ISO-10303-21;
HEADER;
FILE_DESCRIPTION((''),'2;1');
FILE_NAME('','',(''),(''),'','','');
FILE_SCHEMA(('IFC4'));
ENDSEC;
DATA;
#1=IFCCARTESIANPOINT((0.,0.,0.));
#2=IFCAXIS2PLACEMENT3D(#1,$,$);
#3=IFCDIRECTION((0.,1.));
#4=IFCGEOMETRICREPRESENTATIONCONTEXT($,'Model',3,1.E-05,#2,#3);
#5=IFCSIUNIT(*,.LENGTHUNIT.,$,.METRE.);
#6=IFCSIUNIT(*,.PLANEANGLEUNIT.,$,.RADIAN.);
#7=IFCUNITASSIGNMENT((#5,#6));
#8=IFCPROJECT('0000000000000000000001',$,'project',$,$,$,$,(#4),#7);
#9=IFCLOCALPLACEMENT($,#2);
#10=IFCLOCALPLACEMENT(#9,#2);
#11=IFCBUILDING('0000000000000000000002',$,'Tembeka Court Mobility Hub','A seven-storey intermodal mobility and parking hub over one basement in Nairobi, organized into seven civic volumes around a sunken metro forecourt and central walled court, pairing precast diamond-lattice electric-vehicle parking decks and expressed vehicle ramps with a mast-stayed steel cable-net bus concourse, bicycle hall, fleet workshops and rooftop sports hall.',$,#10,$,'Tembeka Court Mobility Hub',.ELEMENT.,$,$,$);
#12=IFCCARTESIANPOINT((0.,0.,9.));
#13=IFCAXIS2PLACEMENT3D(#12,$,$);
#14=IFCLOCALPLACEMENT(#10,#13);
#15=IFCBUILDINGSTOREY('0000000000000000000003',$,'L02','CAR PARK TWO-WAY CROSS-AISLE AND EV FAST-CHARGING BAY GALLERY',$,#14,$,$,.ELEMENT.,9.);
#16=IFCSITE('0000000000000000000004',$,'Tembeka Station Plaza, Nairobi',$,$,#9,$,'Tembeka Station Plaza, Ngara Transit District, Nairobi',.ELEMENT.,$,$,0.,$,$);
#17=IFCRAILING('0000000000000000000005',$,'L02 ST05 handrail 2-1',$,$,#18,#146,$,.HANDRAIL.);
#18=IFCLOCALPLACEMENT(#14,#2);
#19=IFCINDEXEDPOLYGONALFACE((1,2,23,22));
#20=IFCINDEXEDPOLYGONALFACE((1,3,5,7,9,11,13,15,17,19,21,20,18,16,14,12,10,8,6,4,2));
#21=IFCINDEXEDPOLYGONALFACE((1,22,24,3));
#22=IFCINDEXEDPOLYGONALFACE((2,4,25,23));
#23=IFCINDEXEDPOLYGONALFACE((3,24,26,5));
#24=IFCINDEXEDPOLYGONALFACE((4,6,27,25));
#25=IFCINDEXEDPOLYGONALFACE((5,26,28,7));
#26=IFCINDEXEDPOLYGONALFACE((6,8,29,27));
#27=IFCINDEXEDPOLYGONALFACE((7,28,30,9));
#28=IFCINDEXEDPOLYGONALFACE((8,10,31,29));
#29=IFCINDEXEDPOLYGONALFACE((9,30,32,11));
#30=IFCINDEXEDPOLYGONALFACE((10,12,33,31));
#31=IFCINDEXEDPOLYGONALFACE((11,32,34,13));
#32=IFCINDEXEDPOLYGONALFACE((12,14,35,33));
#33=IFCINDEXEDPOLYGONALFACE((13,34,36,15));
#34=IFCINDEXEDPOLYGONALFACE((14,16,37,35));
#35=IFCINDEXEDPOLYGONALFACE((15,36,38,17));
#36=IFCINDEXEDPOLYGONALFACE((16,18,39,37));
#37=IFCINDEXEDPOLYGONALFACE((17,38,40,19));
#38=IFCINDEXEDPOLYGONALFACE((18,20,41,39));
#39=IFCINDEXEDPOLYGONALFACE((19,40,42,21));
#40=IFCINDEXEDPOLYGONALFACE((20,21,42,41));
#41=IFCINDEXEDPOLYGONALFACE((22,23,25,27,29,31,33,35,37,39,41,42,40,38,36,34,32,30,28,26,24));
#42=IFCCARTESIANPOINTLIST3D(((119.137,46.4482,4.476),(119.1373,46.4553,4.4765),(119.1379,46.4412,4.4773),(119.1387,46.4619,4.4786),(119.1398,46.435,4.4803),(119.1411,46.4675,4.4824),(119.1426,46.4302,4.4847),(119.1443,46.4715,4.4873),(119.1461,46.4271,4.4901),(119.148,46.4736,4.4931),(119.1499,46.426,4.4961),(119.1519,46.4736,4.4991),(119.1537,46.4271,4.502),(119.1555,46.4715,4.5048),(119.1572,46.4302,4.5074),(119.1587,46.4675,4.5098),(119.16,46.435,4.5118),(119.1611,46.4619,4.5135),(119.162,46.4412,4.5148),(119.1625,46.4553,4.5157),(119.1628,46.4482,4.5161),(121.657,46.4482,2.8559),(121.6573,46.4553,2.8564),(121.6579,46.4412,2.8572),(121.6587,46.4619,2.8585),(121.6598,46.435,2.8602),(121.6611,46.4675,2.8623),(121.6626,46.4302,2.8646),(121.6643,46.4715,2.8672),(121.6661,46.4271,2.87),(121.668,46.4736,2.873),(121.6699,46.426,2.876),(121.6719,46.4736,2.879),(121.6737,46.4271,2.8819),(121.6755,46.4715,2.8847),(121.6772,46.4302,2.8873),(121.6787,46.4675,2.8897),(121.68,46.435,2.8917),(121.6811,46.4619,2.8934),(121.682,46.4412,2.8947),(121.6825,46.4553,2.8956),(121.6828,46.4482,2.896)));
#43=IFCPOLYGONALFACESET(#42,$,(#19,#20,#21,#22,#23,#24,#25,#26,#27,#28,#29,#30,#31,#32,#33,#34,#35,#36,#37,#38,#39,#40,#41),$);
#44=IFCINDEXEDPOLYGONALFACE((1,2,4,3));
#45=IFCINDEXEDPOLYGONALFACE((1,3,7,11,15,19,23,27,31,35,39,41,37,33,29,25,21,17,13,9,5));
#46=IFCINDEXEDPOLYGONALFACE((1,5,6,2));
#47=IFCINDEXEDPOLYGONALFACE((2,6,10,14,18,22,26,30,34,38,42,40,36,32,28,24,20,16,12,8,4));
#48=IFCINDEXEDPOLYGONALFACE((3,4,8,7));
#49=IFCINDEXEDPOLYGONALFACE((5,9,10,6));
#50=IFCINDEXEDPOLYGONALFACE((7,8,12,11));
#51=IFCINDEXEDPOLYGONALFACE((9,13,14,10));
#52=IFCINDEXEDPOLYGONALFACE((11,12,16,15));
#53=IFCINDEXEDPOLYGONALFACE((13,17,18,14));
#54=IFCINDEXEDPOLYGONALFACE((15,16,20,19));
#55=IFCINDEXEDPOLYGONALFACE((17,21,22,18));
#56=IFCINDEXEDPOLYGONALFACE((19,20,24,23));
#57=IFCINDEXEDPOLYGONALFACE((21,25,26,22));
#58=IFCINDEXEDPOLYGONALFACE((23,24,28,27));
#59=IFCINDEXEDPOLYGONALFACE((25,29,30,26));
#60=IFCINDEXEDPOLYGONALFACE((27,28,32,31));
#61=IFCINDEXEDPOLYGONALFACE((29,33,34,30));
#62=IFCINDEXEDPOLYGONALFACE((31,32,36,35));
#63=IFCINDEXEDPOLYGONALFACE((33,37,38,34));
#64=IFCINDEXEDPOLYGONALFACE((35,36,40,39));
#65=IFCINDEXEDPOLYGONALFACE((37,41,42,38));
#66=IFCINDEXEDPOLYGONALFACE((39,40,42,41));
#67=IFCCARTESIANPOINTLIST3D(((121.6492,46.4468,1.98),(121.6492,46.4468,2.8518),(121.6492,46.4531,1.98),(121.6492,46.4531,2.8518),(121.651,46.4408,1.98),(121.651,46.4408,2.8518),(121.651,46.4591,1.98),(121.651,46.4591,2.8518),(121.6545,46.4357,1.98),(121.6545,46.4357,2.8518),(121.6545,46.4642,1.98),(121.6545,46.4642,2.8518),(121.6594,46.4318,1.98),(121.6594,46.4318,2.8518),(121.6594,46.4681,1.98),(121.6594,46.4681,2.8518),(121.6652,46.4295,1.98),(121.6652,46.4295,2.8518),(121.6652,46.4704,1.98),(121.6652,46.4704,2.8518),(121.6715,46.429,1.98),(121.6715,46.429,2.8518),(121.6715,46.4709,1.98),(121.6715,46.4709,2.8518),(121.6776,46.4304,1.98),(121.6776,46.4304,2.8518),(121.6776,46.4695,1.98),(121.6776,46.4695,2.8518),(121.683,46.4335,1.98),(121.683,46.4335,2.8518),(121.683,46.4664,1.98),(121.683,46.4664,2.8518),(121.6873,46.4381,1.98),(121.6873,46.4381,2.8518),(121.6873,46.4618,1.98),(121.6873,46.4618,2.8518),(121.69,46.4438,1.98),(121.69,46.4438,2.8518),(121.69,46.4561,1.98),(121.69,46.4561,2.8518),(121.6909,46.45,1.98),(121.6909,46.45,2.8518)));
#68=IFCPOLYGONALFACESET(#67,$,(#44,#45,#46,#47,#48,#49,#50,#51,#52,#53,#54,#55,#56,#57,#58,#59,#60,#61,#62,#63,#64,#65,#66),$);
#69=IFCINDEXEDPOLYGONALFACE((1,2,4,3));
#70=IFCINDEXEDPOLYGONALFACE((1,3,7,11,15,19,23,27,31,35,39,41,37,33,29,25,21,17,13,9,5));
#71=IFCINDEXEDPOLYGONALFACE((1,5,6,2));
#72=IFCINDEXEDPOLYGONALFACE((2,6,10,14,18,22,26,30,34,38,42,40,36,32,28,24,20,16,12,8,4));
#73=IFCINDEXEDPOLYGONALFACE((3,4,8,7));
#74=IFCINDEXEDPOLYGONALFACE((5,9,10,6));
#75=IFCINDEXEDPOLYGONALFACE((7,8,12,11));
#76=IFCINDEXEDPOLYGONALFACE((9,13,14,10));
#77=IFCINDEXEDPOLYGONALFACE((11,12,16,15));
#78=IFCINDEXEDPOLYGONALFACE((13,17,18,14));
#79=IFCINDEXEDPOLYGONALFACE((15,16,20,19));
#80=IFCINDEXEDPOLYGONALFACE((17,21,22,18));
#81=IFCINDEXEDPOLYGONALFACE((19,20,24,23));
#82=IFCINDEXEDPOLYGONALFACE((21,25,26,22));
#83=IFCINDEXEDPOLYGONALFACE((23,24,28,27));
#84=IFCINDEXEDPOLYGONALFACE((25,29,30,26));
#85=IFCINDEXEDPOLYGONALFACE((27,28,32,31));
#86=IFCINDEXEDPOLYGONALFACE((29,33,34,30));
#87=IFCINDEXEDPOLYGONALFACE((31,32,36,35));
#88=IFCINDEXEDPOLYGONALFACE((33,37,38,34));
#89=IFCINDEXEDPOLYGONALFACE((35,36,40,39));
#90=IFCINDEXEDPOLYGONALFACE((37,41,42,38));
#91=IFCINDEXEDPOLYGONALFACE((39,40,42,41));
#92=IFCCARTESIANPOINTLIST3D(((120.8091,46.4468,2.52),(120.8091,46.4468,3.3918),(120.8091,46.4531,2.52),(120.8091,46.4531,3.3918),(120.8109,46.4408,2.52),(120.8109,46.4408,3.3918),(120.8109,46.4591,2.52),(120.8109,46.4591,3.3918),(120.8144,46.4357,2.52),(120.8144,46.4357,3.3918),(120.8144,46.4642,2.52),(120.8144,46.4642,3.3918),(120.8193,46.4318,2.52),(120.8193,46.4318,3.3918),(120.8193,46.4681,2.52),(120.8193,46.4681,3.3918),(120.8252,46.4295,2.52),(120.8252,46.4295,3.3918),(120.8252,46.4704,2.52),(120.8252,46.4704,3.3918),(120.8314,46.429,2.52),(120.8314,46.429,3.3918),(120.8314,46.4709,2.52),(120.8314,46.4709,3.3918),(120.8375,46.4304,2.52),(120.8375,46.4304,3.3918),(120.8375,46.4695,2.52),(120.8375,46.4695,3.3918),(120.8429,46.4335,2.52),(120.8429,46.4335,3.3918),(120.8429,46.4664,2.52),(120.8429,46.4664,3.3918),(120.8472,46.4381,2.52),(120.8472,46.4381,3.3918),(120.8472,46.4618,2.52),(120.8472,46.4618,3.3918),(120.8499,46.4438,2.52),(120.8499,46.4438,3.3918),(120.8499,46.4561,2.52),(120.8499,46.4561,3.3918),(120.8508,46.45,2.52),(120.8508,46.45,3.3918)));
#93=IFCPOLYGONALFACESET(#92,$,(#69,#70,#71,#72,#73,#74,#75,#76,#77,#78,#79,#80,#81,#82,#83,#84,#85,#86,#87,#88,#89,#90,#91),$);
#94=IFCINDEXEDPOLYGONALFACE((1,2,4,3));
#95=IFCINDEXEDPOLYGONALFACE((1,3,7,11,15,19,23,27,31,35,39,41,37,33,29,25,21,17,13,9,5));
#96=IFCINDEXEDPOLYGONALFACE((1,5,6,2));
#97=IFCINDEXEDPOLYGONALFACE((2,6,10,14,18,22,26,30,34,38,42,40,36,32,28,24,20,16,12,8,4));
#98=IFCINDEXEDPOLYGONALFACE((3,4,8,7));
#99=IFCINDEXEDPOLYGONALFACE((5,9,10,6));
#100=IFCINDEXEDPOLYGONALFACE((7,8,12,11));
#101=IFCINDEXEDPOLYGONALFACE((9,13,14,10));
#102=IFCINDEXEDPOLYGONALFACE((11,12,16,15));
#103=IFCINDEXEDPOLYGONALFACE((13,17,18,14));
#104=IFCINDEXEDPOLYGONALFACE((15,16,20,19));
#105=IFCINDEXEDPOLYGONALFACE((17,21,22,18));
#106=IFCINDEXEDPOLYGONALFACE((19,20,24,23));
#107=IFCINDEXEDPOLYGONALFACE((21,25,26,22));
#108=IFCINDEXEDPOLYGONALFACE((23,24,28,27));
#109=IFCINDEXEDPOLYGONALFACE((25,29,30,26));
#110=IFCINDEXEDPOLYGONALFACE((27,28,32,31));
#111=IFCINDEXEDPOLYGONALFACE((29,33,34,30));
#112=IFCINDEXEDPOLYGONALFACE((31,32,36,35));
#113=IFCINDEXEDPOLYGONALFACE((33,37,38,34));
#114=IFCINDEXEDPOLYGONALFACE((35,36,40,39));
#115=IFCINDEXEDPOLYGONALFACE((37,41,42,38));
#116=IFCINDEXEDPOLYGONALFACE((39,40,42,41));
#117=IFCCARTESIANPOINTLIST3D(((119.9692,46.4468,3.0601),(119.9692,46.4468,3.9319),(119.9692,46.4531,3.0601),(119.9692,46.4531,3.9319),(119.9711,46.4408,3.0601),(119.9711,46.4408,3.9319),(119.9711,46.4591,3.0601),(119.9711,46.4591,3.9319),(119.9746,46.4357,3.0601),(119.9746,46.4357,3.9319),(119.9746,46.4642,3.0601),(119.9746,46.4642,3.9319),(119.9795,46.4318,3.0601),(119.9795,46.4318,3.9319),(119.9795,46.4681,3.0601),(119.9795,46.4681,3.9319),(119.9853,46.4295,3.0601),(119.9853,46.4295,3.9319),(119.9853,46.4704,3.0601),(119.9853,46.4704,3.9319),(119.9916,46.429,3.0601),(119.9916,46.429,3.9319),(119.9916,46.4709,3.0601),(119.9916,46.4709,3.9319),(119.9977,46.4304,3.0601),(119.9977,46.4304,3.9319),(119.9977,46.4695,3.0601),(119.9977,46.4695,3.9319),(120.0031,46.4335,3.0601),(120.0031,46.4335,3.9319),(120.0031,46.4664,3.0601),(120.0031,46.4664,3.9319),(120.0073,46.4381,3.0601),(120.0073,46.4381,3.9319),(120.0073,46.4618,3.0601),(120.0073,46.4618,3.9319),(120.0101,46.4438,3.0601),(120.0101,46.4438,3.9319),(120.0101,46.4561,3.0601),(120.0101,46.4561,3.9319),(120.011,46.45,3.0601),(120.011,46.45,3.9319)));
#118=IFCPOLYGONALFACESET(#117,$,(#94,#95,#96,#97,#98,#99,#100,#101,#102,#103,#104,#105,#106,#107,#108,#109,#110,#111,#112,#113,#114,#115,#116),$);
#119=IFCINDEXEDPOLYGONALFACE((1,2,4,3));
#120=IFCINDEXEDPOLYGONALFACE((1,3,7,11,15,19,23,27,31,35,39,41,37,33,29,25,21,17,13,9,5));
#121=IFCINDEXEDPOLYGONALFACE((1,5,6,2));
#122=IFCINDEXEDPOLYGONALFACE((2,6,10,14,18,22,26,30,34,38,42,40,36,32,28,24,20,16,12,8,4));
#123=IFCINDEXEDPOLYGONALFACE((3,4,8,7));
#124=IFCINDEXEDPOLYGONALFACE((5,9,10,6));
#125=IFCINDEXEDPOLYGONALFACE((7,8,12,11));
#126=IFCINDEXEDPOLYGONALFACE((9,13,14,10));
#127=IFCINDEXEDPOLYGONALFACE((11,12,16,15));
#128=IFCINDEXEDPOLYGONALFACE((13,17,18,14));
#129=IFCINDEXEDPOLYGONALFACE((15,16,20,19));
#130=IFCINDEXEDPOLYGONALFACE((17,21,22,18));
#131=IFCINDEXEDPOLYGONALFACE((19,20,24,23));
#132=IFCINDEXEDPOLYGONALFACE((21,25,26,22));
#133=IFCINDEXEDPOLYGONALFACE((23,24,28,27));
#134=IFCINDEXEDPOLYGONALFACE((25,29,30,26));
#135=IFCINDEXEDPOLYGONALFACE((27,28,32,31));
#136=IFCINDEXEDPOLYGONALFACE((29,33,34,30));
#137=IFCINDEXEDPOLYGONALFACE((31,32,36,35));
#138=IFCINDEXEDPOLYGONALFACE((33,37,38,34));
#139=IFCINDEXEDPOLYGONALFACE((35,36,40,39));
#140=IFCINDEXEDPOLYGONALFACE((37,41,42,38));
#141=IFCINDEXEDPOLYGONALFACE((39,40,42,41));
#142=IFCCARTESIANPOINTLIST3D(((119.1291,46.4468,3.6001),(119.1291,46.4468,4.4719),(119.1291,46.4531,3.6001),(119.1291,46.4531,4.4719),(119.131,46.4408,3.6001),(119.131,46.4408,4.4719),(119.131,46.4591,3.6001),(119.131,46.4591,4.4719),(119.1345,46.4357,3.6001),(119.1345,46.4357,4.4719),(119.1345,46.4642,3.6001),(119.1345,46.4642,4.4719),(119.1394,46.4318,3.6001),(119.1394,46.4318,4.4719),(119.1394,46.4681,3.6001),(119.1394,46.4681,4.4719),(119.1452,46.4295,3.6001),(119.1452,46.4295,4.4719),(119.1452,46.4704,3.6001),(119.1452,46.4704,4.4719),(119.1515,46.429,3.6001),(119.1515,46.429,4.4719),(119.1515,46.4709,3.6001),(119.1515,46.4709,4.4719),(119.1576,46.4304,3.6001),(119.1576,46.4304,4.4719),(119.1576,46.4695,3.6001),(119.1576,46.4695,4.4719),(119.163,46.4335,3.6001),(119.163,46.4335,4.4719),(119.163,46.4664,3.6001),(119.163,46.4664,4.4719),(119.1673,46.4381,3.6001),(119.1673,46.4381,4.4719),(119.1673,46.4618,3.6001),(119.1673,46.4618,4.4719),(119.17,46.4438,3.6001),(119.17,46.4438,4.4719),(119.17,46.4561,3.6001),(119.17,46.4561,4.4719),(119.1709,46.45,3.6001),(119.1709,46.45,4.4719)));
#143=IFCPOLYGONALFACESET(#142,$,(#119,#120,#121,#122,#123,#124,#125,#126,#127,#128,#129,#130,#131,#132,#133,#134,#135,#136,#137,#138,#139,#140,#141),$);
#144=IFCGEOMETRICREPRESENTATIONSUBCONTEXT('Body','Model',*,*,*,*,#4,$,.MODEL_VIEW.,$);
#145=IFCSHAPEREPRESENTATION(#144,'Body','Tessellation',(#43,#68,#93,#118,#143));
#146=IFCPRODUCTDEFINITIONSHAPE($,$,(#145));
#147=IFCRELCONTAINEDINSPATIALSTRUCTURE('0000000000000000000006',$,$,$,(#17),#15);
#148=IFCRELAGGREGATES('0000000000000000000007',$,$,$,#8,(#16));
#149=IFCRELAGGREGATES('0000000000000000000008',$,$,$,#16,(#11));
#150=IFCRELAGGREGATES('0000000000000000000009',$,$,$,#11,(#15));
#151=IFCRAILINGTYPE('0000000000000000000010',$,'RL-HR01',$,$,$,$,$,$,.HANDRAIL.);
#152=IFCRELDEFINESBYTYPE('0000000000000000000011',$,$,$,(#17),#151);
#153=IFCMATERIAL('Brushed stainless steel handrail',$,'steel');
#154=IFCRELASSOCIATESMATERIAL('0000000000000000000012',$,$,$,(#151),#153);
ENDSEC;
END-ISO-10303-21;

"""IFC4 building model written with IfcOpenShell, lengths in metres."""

from ifc_helpers import new_model, si_unit, direction, frame, origin, origin_2d, place, context, subcontext, project, spatial, circle, extrude, material, type_object, element, save


model = new_model("IFC4")

# Units and contexts
model_context = context("Model", 3, precision=1e-05, world=origin(), true_north=direction((0.0, 1.0)))
body_context = subcontext(model_context, "Body", "Model", "MODEL_VIEW")
ifc_project = project(units=[si_unit("LENGTHUNIT", "METRE"), si_unit("PLANEANGLEUNIT", "RADIAN")], contexts=[model_context])

# Site, building, storey
site_placement = place(None, origin())
site = spatial("IfcSite", under=ifc_project, at=site_placement, Name="Tembeka Station Plaza, Nairobi", LongName="Tembeka Station Plaza, Ngara Transit District, Nairobi", CompositionType="ELEMENT", RefElevation=0.0)
building_placement = place(site_placement, origin())
building = spatial("IfcBuilding", under=site, at=building_placement, Name="Tembeka Court Mobility Hub", Description="A seven-storey intermodal mobility and parking hub over one basement in Nairobi, organized into seven civic volumes around a sunken metro forecourt and central walled court, pairing precast diamond-lattice electric-vehicle parking decks and expressed vehicle ramps with a mast-stayed steel cable-net bus concourse, bicycle hall, fleet workshops and rooftop sports hall.", LongName="Tembeka Court Mobility Hub", CompositionType="ELEMENT")
storey_placement = place(building_placement, frame((0.0, 0.0, 9.0)))
storey = spatial("IfcBuildingStorey", under=building, at=storey_placement, Name="L02", Description="CAR PARK TWO-WAY CROSS-AISLE AND EV FAST-CHARGING BAY GALLERY", CompositionType="ELEMENT", Elevation=9.0)

# Railing
ifc_material_1 = material(Name="Brushed stainless steel handrail", Category="steel")
railing_type_1 = type_object("IfcRailingType", Name="RL-HR01", PredefinedType="HANDRAIL", material=ifc_material_1)
railing_1_placement = place(storey_placement, frame((121.6699, 46.45, 1.98)))
element("IfcRailing", 1, at=railing_1_placement, inside=storey, type_object=railing_type_1, Name="L02 ST05 handrail 2-1", PredefinedType="HANDRAIL", context=body_context, shape_type="SweptSolid", body=[
    extrude(circle(Radius=0.0239, at=origin_2d()), frame((0.0, 0.0, 0.896), z_axis=(-0.841163, 0.0, 0.540782), x_axis=(0.0, -1.0, 0.0)), (0.0, 0.0, 1.0), 2.9958),
    extrude(circle(Radius=0.021, at=origin_2d()), origin(), (0.0, 0.0, 1.0), 0.8718),
    extrude(circle(Radius=0.021, at=origin_2d()), frame((-0.8401, 0.0, 0.54)), (0.0, 0.0, 1.0), 0.8718),
    extrude(circle(Radius=0.021, at=origin_2d()), frame((-1.6799, 0.0, 1.0801)), (0.0, 0.0, 1.0), 0.8718),
    extrude(circle(Radius=0.021, at=origin_2d()), frame((-2.52, 0.0, 1.6201)), (0.0, 0.0, 1.0), 0.8718),
])

save(model, "model.ifc")
